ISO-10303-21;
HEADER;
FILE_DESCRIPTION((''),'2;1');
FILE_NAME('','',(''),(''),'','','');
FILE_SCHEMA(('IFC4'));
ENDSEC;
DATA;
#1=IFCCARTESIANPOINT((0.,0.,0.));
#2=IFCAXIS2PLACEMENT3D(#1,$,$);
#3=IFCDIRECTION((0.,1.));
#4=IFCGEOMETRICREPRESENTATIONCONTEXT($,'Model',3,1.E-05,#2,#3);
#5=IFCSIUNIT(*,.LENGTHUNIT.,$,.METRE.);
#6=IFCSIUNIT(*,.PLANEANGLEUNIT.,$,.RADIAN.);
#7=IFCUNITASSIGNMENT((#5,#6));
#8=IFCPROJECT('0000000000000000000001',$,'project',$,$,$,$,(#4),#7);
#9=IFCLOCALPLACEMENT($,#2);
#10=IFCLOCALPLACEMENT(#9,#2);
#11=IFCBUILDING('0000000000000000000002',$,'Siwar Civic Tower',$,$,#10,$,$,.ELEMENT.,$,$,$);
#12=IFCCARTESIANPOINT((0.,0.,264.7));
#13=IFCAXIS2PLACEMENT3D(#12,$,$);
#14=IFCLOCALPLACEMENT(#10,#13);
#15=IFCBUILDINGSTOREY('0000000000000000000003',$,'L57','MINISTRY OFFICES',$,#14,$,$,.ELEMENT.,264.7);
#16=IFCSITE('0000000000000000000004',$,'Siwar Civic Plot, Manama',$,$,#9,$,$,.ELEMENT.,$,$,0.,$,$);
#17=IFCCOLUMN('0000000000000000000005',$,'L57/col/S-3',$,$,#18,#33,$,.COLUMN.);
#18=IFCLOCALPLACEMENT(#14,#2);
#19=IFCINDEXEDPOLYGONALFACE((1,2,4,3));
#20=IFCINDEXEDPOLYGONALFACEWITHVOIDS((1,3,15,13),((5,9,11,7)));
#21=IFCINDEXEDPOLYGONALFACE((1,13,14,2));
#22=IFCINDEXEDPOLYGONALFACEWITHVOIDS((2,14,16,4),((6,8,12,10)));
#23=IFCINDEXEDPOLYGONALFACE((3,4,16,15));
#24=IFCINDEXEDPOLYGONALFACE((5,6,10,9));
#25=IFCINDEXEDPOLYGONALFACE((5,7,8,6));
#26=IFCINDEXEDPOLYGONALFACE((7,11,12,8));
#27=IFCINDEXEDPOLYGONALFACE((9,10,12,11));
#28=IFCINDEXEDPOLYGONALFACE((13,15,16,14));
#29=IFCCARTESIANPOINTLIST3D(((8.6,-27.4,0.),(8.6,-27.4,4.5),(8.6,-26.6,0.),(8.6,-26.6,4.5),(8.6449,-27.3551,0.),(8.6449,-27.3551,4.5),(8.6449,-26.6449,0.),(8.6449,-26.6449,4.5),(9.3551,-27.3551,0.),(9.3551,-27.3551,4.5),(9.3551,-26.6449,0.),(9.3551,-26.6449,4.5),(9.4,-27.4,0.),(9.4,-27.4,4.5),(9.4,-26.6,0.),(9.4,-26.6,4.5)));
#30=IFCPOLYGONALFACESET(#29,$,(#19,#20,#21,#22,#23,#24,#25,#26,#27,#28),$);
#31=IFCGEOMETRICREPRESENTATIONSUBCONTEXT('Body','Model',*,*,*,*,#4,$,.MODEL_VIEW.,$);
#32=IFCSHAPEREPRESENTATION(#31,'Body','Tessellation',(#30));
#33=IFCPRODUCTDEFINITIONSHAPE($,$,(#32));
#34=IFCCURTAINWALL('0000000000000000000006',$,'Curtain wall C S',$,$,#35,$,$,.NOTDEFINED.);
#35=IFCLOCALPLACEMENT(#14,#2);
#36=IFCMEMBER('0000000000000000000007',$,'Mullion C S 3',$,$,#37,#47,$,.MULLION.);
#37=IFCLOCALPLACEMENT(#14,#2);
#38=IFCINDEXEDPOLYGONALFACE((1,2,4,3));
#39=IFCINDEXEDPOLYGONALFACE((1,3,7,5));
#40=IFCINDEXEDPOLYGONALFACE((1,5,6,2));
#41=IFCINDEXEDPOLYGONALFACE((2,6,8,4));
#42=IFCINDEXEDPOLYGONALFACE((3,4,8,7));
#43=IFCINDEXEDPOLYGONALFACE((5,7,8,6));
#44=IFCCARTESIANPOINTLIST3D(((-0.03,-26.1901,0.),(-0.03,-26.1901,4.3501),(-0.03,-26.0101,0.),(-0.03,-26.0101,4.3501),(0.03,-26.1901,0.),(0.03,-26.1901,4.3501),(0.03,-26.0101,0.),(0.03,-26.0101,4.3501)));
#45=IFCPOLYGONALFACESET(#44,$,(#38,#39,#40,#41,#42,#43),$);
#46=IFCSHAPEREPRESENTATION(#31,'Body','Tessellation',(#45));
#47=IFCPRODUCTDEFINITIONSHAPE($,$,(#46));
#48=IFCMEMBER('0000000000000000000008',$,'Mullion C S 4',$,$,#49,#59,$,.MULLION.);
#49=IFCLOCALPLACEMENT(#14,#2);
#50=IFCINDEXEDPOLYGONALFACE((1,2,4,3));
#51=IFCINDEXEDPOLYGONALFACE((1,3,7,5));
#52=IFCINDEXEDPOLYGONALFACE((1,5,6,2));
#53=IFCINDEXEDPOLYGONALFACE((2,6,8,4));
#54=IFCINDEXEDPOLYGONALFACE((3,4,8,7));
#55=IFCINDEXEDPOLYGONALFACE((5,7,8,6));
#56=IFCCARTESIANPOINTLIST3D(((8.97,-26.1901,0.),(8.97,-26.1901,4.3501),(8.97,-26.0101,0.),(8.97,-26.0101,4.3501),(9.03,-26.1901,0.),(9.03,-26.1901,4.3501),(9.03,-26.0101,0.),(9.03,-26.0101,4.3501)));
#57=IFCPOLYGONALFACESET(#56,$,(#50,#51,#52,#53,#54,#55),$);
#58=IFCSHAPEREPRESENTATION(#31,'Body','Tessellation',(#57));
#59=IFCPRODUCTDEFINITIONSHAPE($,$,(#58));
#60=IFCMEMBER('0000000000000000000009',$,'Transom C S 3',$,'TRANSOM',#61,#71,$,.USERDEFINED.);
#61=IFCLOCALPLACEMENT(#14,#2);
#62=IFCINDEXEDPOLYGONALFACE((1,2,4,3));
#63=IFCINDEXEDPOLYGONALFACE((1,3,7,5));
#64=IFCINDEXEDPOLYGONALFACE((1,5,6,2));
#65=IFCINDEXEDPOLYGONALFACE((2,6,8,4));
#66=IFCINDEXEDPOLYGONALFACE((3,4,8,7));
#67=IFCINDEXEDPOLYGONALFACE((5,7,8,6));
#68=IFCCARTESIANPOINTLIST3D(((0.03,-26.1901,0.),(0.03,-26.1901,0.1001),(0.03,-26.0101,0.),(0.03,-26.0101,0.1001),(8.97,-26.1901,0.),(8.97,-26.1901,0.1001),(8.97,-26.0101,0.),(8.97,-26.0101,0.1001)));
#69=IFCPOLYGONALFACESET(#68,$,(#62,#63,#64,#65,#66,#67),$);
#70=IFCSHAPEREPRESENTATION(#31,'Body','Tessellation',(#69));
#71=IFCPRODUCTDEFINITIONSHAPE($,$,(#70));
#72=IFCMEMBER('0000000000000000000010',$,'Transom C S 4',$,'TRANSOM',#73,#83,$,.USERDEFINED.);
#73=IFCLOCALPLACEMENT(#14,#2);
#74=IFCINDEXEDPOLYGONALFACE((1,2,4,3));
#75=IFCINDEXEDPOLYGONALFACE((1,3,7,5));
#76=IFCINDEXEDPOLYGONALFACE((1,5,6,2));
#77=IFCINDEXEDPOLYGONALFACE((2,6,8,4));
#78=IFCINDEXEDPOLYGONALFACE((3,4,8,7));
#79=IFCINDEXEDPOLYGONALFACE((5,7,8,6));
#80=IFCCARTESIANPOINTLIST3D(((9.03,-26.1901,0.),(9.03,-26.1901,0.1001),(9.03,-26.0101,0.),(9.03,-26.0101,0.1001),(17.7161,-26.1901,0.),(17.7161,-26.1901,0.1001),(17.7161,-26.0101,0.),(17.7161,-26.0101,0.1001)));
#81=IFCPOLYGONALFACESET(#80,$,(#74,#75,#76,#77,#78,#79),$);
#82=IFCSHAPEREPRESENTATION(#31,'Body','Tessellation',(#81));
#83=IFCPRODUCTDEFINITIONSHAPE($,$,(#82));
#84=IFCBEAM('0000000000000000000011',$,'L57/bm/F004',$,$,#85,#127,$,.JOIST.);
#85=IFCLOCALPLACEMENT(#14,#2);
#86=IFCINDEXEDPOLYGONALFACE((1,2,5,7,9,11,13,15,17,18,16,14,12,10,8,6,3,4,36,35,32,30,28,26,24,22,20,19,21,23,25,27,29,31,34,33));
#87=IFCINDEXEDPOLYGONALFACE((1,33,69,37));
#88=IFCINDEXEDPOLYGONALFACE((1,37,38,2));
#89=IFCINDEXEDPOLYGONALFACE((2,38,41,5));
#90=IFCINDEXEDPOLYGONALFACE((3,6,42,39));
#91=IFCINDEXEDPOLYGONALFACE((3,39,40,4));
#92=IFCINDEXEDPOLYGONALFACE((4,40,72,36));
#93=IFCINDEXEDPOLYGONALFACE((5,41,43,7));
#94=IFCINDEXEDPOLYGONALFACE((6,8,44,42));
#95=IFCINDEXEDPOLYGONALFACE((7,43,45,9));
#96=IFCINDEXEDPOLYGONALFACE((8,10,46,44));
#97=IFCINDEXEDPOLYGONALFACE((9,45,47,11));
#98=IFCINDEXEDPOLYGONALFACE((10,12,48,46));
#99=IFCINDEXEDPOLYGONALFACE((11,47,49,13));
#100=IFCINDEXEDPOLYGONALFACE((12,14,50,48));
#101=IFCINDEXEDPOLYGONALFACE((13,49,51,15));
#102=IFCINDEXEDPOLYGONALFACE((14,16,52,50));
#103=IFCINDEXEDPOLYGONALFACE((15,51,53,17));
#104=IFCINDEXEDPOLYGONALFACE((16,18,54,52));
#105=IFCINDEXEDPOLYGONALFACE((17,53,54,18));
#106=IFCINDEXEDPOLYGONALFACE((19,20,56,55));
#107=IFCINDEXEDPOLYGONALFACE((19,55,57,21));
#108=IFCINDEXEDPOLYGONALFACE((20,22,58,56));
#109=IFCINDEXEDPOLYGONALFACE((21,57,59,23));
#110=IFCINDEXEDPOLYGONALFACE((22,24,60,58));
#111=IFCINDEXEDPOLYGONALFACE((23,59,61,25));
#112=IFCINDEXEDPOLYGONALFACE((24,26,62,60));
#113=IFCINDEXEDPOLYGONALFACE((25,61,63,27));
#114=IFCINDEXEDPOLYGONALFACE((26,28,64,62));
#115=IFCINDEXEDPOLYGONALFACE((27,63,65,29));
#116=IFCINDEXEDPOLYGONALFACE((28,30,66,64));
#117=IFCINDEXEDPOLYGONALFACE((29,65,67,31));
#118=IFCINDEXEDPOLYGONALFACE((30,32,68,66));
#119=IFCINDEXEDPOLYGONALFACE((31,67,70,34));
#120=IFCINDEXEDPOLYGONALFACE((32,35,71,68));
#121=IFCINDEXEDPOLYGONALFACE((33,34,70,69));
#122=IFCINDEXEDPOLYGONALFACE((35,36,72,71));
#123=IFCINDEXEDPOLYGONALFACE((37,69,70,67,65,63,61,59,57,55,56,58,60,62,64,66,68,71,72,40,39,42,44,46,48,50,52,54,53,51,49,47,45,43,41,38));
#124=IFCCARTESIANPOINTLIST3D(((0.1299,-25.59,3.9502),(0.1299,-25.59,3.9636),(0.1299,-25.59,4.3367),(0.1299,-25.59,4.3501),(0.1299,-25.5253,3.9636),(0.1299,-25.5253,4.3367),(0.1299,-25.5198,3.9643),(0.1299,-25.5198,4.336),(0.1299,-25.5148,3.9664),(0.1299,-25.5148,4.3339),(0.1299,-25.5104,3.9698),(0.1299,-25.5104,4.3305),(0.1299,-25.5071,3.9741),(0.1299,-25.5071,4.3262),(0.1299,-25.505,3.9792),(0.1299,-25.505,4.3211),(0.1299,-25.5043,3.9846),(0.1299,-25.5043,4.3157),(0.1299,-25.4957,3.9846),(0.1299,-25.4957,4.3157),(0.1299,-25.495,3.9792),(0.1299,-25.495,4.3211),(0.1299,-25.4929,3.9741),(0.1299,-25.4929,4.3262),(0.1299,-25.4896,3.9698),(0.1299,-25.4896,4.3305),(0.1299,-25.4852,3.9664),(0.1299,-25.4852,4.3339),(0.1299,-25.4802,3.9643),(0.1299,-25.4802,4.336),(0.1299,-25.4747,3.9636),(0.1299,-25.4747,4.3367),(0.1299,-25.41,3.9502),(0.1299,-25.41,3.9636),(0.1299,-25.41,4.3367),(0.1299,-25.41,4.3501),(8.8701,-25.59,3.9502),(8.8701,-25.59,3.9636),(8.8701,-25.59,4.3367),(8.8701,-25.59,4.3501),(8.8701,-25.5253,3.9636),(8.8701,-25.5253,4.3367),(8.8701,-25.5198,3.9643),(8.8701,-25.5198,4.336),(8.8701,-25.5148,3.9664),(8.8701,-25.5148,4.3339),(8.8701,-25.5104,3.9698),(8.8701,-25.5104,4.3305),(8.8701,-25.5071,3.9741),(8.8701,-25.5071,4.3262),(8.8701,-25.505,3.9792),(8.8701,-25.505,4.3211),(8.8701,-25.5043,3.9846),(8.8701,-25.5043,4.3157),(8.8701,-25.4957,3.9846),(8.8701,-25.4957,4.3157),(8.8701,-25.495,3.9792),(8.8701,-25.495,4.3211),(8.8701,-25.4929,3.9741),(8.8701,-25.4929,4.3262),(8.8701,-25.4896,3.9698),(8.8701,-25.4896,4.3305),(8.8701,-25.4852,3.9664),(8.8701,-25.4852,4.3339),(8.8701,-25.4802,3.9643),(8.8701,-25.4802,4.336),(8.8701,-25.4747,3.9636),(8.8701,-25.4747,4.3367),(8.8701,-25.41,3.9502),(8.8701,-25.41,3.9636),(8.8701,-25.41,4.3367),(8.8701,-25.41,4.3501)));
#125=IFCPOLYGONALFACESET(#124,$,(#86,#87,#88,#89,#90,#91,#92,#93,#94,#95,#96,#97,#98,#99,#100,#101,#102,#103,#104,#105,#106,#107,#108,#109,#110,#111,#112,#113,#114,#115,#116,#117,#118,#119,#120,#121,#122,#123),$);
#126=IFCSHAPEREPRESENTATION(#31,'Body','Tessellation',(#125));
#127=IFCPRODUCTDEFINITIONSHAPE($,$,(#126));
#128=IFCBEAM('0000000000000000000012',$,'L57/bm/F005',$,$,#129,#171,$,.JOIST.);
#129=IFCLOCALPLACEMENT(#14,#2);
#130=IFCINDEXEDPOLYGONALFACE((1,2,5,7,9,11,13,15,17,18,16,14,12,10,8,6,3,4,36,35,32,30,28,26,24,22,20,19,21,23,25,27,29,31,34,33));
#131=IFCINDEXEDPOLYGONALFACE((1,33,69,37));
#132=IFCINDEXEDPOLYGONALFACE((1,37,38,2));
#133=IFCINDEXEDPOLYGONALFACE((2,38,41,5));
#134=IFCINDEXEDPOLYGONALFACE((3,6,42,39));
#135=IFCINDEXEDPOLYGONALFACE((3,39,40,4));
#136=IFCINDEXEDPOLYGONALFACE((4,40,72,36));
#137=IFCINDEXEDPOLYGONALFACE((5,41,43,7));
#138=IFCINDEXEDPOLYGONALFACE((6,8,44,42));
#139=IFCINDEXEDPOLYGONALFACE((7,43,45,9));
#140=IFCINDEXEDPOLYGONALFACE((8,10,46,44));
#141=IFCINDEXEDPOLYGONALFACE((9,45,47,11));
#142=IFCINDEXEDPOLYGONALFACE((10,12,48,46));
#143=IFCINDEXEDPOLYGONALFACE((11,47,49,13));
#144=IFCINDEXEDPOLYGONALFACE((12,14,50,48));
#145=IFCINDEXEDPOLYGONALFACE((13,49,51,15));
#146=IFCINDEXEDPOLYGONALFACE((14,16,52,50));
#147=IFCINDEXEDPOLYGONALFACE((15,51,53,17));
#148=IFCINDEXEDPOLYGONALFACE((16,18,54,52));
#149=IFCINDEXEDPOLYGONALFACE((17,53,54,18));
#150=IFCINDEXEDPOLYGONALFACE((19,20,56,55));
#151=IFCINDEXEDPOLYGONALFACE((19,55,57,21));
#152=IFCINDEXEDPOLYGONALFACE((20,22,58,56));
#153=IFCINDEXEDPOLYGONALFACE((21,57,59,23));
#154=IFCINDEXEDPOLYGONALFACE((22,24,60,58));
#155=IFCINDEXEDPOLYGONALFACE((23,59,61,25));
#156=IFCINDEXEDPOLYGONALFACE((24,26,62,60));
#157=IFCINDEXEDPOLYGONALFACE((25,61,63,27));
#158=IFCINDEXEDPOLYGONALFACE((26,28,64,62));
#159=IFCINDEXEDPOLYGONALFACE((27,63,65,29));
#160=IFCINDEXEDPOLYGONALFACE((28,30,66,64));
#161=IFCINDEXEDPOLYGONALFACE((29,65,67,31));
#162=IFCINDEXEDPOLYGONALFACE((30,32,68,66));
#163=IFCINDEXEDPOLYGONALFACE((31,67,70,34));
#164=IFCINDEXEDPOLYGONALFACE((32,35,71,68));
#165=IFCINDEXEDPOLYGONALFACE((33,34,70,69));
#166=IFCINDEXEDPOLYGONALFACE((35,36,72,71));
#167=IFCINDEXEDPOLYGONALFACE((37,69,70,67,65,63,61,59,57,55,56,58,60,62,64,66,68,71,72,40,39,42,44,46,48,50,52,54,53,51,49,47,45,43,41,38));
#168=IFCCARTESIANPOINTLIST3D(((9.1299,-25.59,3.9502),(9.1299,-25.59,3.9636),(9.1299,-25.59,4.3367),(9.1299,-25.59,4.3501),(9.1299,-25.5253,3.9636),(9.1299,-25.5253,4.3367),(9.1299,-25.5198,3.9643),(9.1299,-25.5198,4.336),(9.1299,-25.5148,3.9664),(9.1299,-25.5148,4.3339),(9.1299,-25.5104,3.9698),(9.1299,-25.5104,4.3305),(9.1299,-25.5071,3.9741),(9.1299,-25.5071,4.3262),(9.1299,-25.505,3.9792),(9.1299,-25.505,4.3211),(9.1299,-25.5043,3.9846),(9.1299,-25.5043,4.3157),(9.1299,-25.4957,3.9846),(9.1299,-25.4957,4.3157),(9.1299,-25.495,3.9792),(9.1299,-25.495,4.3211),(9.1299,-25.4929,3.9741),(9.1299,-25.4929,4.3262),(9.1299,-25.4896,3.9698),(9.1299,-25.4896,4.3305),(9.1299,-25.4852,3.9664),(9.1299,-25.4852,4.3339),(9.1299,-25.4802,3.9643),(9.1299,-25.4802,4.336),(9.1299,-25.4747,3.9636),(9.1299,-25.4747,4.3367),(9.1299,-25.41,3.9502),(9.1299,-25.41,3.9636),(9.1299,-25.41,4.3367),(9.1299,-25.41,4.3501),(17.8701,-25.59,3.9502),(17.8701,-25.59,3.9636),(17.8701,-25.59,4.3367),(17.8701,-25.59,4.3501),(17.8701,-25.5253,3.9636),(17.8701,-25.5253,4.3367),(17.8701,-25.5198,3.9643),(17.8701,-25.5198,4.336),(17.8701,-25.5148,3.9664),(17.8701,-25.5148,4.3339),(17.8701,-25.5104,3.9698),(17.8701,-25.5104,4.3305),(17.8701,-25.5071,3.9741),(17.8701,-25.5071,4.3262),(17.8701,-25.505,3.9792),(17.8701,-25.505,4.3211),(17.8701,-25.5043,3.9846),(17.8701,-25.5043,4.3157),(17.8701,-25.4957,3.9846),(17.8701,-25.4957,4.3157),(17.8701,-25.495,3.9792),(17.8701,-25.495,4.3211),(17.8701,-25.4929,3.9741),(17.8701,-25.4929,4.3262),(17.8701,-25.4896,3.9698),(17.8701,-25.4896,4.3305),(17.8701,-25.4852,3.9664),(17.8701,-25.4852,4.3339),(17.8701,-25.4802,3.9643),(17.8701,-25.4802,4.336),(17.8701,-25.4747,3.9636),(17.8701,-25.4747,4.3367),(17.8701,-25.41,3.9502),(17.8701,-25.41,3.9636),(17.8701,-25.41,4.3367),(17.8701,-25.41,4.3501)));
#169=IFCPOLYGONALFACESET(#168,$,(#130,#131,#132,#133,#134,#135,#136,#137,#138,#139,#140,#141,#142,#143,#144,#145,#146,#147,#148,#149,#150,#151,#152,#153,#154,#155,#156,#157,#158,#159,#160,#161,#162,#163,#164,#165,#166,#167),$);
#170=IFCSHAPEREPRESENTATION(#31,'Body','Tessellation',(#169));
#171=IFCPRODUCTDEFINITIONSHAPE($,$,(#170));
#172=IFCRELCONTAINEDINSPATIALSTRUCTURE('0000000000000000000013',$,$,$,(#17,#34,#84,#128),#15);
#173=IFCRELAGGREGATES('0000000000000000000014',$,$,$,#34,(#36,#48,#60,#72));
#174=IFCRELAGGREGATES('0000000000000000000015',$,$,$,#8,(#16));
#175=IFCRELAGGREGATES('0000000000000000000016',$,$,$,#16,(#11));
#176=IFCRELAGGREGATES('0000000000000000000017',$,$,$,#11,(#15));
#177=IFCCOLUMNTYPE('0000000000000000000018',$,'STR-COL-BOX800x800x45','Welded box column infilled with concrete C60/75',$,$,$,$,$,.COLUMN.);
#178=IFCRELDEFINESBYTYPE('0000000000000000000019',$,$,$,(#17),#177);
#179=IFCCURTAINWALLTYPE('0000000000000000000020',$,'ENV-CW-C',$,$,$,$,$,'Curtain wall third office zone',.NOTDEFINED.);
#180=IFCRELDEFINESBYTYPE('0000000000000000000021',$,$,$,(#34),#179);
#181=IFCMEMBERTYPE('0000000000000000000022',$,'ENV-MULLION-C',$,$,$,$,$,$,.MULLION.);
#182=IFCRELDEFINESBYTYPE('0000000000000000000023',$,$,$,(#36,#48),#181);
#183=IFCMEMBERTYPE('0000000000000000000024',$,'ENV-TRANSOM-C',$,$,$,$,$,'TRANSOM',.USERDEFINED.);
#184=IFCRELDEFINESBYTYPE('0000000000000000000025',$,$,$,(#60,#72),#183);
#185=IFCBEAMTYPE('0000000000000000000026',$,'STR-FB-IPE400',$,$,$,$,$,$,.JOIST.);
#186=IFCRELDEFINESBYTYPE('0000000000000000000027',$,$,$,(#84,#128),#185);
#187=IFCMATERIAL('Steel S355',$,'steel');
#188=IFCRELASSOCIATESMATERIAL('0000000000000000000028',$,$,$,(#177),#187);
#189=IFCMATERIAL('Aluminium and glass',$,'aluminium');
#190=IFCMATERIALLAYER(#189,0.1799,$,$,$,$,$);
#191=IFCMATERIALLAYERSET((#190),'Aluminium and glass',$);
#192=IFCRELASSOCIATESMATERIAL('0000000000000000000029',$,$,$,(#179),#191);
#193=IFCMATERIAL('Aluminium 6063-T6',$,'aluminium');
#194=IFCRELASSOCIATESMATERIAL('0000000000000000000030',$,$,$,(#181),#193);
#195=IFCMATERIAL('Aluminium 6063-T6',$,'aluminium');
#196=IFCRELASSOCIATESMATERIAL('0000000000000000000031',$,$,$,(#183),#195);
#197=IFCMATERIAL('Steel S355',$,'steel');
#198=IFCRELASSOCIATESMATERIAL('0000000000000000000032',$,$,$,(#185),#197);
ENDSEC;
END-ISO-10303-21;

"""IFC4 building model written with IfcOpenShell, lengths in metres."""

from ifc_helpers import new_model, si_unit, direction, frame, origin, origin_2d, place, context, subcontext, project, spatial, rectangle, hollow_rectangle, i_section, extrude, material, layer, layer_set, material_profile, profile_set, type_object, element, aggregate, save


model = new_model("IFC4")

# Units and contexts
model_context = context("Model", 3, precision=1e-05, world=origin(), true_north=direction((0.0, 1.0)))
body_context = subcontext(model_context, "Body", "Model", "MODEL_VIEW")
ifc_project = project(units=[si_unit("LENGTHUNIT", "METRE"), si_unit("PLANEANGLEUNIT", "RADIAN")], contexts=[model_context])

# Site, building, storey
site_placement = place(None, origin())
site = spatial("IfcSite", under=ifc_project, at=site_placement, Name="Siwar Civic Plot, Manama", CompositionType="ELEMENT", RefElevation=0.0)
building_placement = place(site_placement, origin())
building = spatial("IfcBuilding", under=site, at=building_placement, Name="Siwar Civic Tower", CompositionType="ELEMENT")
storey_placement = place(building_placement, frame((0.0, 0.0, 264.7)))
storey = spatial("IfcBuildingStorey", under=building, at=storey_placement, Name="L57", Description="MINISTRY OFFICES", CompositionType="ELEMENT", Elevation=264.7)

# Column
ifc_material_1 = material(Name="Steel S355", Category="steel")
ifc_material_profile_1 = material_profile(ifc_material_1, hollow_rectangle(XDim=0.8, YDim=0.8, WallThickness=0.0449, at=origin_2d()), Name="BOX800x800x45")
ifc_profile_set_1 = profile_set([ifc_material_profile_1], Name="Steel S355")
column_type = type_object("IfcColumnType", Name="STR-COL-BOX800x800x45", Description="Welded box column infilled with concrete C60/75", PredefinedType="COLUMN", material=ifc_profile_set_1)
column_placement = place(storey_placement, frame((9.0, -27.0, 0.0), z_axis=(0.0, 0.0, 1.0), x_axis=(1.0, 0.0, 0.0)))
element("IfcColumn", 1, at=column_placement, inside=storey, type_object=column_type, Name="L57/col/S-3", PredefinedType="COLUMN", context=body_context, shape_type="SweptSolid", body=[
    extrude(hollow_rectangle(XDim=0.8, YDim=0.8, WallThickness=0.0449, at=origin_2d()), origin(), (0.0, 0.0, 1.0), 4.5),
])

# Curtain wall, members
ifc_material_2 = material(Name="Aluminium and glass", Category="aluminium")
ifc_layer_1 = layer(ifc_material_2, 0.1799)
ifc_layer_set_1 = layer_set([ifc_layer_1], Name="Aluminium and glass")
curtain_wall_type = type_object("IfcCurtainWallType", Name="ENV-CW-C", ElementType="Curtain wall third office zone", PredefinedType="NOTDEFINED", material=ifc_layer_set_1)
curtain_wall_placement = place(storey_placement, origin())
curtain_wall = element("IfcCurtainWall", 2, at=curtain_wall_placement, inside=storey, type_object=curtain_wall_type, Name="Curtain wall C S", PredefinedType="NOTDEFINED")
ifc_material_3 = material(Name="Aluminium 6063-T6", Category="aluminium")
ifc_material_profile_2 = material_profile(ifc_material_3, rectangle(XDim=0.1799, YDim=0.0601, at=origin_2d()), Name="AL 180x60")
ifc_profile_set_2 = profile_set([ifc_material_profile_2], Name="Aluminium 6063-T6")
member_type_1 = type_object("IfcMemberType", Name="ENV-MULLION-C", PredefinedType="MULLION", material=ifc_profile_set_2)
member_1_placement = place(storey_placement, frame((0.0, -26.1001, 0.0), z_axis=(0.0, 0.0, 1.0), x_axis=(0.0, 1.0, 0.0)))
member_1 = element("IfcMember", 3, at=member_1_placement, type_object=member_type_1, Name="Mullion C S 3", PredefinedType="MULLION", context=body_context, shape_type="SweptSolid", body=[
    extrude(rectangle(XDim=0.1799, YDim=0.0601, at=origin_2d()), origin(), (0.0, 0.0, 1.0), 4.3501),
])
member_2_placement = place(storey_placement, frame((9.0, -26.1001, 0.0), z_axis=(0.0, 0.0, 1.0), x_axis=(0.0, 1.0, 0.0)))
member_2 = element("IfcMember", 4, at=member_2_placement, type_object=member_type_1, Name="Mullion C S 4", PredefinedType="MULLION", context=body_context, shape_type="SweptSolid", body=[
    extrude(rectangle(XDim=0.1799, YDim=0.0601, at=origin_2d()), origin(), (0.0, 0.0, 1.0), 4.3501),
])
ifc_material_4 = material(Name="Aluminium 6063-T6", Category="aluminium")
ifc_material_profile_3 = material_profile(ifc_material_4, rectangle(XDim=0.1799, YDim=0.1001, at=origin_2d()), Name="AL 180x100")
ifc_profile_set_3 = profile_set([ifc_material_profile_3], Name="Aluminium 6063-T6")
member_type_2 = type_object("IfcMemberType", Name="ENV-TRANSOM-C", ElementType="TRANSOM", PredefinedType="USERDEFINED", material=ifc_profile_set_3)
member_3_placement = place(storey_placement, frame((0.03, -26.1001, 0.05), z_axis=(1.0, 0.0, 0.0), x_axis=(0.0, 1.0, 0.0)))
member_3 = element("IfcMember", 5, at=member_3_placement, type_object=member_type_2, Name="Transom C S 3", ObjectType="TRANSOM", PredefinedType="USERDEFINED", context=body_context, shape_type="SweptSolid", body=[
    extrude(rectangle(XDim=0.1799, YDim=0.1001, at=origin_2d()), origin(), (0.0, 0.0, 1.0), 8.9399),
])
member_4_placement = place(storey_placement, frame((9.03, -26.1001, 0.05), z_axis=(1.0, 0.0, 0.0), x_axis=(0.0, 1.0, 0.0)))
member_4 = element("IfcMember", 6, at=member_4_placement, type_object=member_type_2, Name="Transom C S 4", ObjectType="TRANSOM", PredefinedType="USERDEFINED", context=body_context, shape_type="SweptSolid", body=[
    extrude(rectangle(XDim=0.1799, YDim=0.1001, at=origin_2d()), origin(), (0.0, 0.0, 1.0), 8.686),
])

# Beams
ifc_material_5 = material(Name="Steel S355", Category="steel")
ifc_material_profile_4 = material_profile(ifc_material_5, i_section(OverallWidth=0.1799, OverallDepth=0.3999, WebThickness=0.0085, FlangeThickness=0.0134, FilletRadius=0.021, at=origin_2d()), Name="IPE400")
ifc_profile_set_4 = profile_set([ifc_material_profile_4], Name="Steel S355")
beam_type_1 = type_object("IfcBeamType", Name="STR-FB-IPE400", PredefinedType="JOIST", material=ifc_profile_set_4)
for number, where, z_axis, x_axis, name in (
    (7, (0.1299, -25.5, 4.1501), (1.0, 0.0, 0.0), (0.0, 1.0, 0.0), "L57/bm/F004"),
    (8, (9.1299, -25.5, 4.1501), (1.0, 0.0, 0.0), (0.0, 1.0, 0.0), "L57/bm/F005"),
):
    element("IfcBeam", number, at=place(storey_placement, frame(where, z_axis=z_axis, x_axis=x_axis)), inside=storey, type_object=beam_type_1, Name=name, PredefinedType="JOIST", context=body_context, shape_type="SweptSolid", body=[
        extrude(i_section(OverallWidth=0.1799, OverallDepth=0.3999, WebThickness=0.0085, FlangeThickness=0.0134, FilletRadius=0.021, at=origin_2d()), origin(), (0.0, 0.0, 1.0), 8.7402),
    ])

aggregate(curtain_wall, [member_1, member_2, member_3, member_4])

save(model, "model.ifc")
